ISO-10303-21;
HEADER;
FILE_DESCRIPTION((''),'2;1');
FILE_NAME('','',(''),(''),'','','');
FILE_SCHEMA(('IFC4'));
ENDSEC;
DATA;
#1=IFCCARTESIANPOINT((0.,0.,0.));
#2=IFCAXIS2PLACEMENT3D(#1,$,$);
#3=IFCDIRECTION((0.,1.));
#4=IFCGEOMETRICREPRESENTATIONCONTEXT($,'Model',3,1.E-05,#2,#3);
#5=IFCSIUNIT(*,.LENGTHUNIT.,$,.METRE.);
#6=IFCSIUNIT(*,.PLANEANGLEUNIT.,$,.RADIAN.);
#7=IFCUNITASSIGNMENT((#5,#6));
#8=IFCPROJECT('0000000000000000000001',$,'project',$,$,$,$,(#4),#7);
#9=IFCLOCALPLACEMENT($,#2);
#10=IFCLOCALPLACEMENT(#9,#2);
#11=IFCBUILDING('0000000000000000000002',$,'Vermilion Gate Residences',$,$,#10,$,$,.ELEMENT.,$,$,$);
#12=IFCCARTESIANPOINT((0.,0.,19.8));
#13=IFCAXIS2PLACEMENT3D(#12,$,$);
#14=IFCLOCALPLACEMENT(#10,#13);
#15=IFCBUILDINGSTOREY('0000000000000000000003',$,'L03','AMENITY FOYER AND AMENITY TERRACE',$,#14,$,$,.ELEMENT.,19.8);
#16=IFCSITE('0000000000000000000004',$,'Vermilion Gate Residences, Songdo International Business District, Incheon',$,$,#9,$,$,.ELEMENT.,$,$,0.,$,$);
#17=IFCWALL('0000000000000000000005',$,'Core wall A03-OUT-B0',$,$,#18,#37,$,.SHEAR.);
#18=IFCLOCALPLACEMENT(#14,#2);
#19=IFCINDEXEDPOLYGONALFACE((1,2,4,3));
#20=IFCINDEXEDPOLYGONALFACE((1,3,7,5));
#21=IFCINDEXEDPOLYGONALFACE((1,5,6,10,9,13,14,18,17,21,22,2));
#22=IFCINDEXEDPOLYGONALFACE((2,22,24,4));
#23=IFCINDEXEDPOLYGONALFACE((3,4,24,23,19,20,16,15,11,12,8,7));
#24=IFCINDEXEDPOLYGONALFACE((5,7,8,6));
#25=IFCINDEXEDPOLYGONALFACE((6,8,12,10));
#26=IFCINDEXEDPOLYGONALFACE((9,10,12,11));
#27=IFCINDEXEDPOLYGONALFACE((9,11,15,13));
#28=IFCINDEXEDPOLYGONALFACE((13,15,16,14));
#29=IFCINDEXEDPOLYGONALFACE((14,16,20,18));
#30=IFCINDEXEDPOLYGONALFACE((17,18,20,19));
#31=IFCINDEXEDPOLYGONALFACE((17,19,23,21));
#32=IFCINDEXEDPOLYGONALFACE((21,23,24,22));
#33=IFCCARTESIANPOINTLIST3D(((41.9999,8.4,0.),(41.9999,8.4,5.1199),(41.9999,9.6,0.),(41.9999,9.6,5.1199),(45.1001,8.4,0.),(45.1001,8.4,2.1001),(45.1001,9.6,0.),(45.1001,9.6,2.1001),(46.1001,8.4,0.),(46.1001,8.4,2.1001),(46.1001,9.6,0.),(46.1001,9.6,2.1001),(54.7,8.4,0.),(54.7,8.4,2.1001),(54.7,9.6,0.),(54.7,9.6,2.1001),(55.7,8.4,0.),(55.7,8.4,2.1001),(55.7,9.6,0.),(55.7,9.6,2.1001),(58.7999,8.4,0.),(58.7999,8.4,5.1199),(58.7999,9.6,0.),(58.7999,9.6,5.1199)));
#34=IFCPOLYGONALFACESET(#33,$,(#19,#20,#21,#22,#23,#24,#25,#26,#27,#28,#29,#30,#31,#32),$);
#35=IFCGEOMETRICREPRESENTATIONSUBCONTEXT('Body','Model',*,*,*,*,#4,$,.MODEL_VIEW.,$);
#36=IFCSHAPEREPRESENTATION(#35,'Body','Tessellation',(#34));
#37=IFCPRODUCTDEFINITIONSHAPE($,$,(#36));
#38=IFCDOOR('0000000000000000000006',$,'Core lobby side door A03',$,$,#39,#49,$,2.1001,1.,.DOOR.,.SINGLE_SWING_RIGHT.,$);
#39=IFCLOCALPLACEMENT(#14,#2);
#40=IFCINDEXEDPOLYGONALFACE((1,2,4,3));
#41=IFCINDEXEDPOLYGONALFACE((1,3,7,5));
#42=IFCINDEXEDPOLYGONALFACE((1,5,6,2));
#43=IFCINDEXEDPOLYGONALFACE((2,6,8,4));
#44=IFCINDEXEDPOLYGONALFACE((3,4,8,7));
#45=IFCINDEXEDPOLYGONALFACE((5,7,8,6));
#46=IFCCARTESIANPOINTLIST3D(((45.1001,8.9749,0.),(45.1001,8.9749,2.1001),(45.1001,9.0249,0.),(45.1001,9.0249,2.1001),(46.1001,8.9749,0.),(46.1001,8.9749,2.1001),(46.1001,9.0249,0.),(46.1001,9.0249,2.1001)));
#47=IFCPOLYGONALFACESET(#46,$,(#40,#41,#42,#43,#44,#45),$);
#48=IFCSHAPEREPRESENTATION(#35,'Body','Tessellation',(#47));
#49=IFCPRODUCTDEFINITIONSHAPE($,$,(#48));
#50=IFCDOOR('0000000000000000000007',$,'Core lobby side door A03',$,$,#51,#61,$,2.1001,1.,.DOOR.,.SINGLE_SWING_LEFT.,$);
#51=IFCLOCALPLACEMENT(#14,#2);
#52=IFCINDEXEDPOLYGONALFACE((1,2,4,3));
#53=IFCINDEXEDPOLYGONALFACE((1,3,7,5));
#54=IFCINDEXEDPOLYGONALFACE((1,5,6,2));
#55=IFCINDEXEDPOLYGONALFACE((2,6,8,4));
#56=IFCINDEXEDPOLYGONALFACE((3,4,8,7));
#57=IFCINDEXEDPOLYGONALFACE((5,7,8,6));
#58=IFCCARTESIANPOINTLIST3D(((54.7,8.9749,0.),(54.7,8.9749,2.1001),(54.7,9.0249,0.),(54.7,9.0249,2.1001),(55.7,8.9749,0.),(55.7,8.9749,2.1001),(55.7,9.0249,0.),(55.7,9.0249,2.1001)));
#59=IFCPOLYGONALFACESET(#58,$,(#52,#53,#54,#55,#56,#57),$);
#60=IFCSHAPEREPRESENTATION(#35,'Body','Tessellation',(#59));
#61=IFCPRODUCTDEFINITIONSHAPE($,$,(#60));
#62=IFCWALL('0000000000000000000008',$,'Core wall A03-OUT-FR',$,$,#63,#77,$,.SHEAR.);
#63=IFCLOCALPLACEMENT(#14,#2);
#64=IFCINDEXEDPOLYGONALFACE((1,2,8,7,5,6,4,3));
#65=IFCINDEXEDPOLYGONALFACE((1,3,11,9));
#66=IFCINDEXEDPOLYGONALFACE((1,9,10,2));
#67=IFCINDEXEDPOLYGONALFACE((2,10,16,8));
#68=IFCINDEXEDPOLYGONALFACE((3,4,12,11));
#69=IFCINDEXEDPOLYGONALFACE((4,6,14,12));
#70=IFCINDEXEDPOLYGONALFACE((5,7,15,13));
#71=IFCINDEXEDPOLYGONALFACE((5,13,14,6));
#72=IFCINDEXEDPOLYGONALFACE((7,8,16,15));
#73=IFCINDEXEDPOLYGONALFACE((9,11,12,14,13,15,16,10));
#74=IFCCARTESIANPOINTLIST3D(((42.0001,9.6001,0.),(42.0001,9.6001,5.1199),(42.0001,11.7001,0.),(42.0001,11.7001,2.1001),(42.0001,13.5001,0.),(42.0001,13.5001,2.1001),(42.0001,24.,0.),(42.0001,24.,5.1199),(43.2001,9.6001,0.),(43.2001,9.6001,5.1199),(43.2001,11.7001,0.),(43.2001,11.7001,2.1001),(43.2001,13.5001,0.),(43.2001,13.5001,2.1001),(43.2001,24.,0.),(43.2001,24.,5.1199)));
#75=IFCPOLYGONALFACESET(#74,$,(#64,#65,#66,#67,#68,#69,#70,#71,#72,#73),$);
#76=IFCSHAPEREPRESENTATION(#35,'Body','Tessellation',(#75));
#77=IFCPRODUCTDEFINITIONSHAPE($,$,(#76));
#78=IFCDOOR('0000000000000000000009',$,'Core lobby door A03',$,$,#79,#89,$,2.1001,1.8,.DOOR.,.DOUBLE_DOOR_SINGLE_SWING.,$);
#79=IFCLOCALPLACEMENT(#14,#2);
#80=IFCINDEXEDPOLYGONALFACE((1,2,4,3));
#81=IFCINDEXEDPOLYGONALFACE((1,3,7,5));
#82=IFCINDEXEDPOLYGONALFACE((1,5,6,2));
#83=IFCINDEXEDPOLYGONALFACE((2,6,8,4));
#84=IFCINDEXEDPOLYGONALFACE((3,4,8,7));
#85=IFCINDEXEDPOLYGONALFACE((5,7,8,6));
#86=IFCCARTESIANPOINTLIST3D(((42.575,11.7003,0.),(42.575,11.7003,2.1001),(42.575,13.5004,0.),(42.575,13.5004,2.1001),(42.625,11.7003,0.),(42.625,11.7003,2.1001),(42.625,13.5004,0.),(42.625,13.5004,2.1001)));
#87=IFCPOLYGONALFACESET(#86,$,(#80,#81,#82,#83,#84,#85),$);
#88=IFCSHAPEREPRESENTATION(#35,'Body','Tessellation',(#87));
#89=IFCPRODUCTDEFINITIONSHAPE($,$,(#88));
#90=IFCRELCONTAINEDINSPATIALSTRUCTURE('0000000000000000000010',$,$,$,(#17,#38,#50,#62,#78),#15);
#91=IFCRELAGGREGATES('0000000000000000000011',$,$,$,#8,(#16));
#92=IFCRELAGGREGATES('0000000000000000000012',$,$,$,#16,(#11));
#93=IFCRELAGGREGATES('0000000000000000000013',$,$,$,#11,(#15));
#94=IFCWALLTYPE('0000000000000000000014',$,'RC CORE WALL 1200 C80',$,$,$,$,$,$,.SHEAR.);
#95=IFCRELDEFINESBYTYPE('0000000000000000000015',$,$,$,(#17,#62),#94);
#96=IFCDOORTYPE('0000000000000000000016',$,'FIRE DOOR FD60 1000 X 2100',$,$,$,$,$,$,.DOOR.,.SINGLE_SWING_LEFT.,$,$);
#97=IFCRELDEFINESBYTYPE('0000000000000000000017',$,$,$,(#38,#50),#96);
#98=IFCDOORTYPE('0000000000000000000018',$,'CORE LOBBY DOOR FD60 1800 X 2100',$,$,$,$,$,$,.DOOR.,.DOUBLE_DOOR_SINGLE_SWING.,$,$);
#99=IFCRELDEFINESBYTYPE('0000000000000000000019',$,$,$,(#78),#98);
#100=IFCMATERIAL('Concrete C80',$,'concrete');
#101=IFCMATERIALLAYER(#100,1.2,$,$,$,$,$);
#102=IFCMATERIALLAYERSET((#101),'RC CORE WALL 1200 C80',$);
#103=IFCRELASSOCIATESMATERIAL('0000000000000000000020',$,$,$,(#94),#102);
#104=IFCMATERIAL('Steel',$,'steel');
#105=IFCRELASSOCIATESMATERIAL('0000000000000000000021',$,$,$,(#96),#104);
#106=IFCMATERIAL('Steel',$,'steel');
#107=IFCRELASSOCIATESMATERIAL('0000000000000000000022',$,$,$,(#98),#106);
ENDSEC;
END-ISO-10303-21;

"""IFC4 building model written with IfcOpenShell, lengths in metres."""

from ifc_helpers import new_model, si_unit, direction, frame, frame_2d, origin, place, context, subcontext, project, spatial, rectangle, extrude, material, layer, layer_set, type_object, element, fill, save


model = new_model("IFC4")

# Units and contexts
model_context = context("Model", 3, precision=1e-05, world=origin(), true_north=direction((0.0, 1.0)))
body_context = subcontext(model_context, "Body", "Model", "MODEL_VIEW")
ifc_project = project(units=[si_unit("LENGTHUNIT", "METRE"), si_unit("PLANEANGLEUNIT", "RADIAN")], contexts=[model_context])

# Site, building, storey
site_placement = place(None, origin())
site = spatial("IfcSite", under=ifc_project, at=site_placement, Name="Vermilion Gate Residences, Songdo International Business District, Incheon", CompositionType="ELEMENT", RefElevation=0.0)
building_placement = place(site_placement, origin())
building = spatial("IfcBuilding", under=site, at=building_placement, Name="Vermilion Gate Residences", CompositionType="ELEMENT")
storey_placement = place(building_placement, frame((0.0, 0.0, 19.8)))
storey = spatial("IfcBuildingStorey", under=building, at=storey_placement, Name="L03", Description="AMENITY FOYER AND AMENITY TERRACE", CompositionType="ELEMENT", Elevation=19.8)

# Wall, openings, doors
ifc_material_1 = material(Name="Concrete C80", Category="concrete")
ifc_layer_1 = layer(ifc_material_1, 1.2)
ifc_layer_set_1 = layer_set([ifc_layer_1], Name="RC CORE WALL 1200 C80")
wall_type_1 = type_object("IfcWallType", Name="RC CORE WALL 1200 C80", PredefinedType="SHEAR", material=ifc_layer_set_1)
wall_1_placement = place(storey_placement, frame((42.0, 9.0, 0.0), z_axis=(0.0, 0.0, 1.0), x_axis=(1.0, 0.0, 0.0)))
wall_1 = element("IfcWall", 1, at=wall_1_placement, inside=storey, type_object=wall_type_1, Name="Core wall A03-OUT-B0", PredefinedType="SHEAR", context=body_context, shape_type="SweptSolid", body=[
    extrude(rectangle(XDim=16.8, YDim=1.2, at=frame_2d((8.3999, 0.0))), origin(), (0.0, 0.0, 1.0), 5.1199),
])
opening_1_placement = place(wall_1_placement, frame((3.1001, 0.0, 0.0)))
opening_1 = element("IfcOpeningElement", 2, at=opening_1_placement, cuts=wall_1, PredefinedType="OPENING", context=body_context, shape_type="SweptSolid", body=[
    extrude(rectangle(XDim=1.0, YDim=2.1001, at=frame_2d((0.5, 1.05))), frame((0.0, 0.6099, 0.0), z_axis=(0.0, -1.0, 0.0), x_axis=(1.0, 0.0, 0.0)), (0.0, 0.0, 1.0), 1.22),
])
opening_2_placement = place(wall_1_placement, frame((12.7, 0.0, 0.0)))
opening_2 = element("IfcOpeningElement", 3, at=opening_2_placement, cuts=wall_1, PredefinedType="OPENING", context=body_context, shape_type="SweptSolid", body=[
    extrude(rectangle(XDim=1.0, YDim=2.1001, at=frame_2d((0.5, 1.05))), frame((0.0, 0.6099, 0.0), z_axis=(0.0, -1.0, 0.0), x_axis=(1.0, 0.0, 0.0)), (0.0, 0.0, 1.0), 1.22),
])
ifc_material_2 = material(Name="Steel", Category="steel")
door_type_1 = type_object("IfcDoorType", Name="FIRE DOOR FD60 1000 X 2100", OperationType="SINGLE_SWING_LEFT", PredefinedType="DOOR", material=ifc_material_2)
door_1_placement = place(opening_1_placement, origin())
door_1 = element("IfcDoor", 4, at=door_1_placement, inside=storey, type_object=door_type_1, Name="Core lobby side door A03", OperationType="SINGLE_SWING_RIGHT", OverallHeight=2.1001, OverallWidth=1.0, PredefinedType="DOOR", context=body_context, shape_type="SweptSolid", body=[
    extrude(rectangle(XDim=1.0, YDim=2.1001, at=frame_2d((0.5, 1.05))), frame((0.0, 0.0249, 0.0), z_axis=(0.0, -1.0, 0.0), x_axis=(1.0, 0.0, 0.0)), (0.0, 0.0, 1.0), 0.05),
])
fill(opening_1, door_1)
door_2_placement = place(opening_2_placement, origin())
door_2 = element("IfcDoor", 5, at=door_2_placement, inside=storey, type_object=door_type_1, Name="Core lobby side door A03", OperationType="SINGLE_SWING_LEFT", OverallHeight=2.1001, OverallWidth=1.0, PredefinedType="DOOR", context=body_context, shape_type="SweptSolid", body=[
    extrude(rectangle(XDim=1.0, YDim=2.1001, at=frame_2d((0.5, 1.05))), frame((0.0, 0.0249, 0.0), z_axis=(0.0, -1.0, 0.0), x_axis=(1.0, 0.0, 0.0)), (0.0, 0.0, 1.0), 0.05),
])
fill(opening_2, door_2)

# Wall, opening, door
wall_2_placement = place(storey_placement, frame((42.6001, 9.6001, 0.0), z_axis=(0.0, 0.0, 1.0), x_axis=(0.0, 1.0, 0.0)))
wall_2 = element("IfcWall", 6, at=wall_2_placement, inside=storey, type_object=wall_type_1, Name="Core wall A03-OUT-FR", PredefinedType="SHEAR", context=body_context, shape_type="SweptSolid", body=[
    extrude(rectangle(XDim=14.3999, YDim=1.2, at=frame_2d((7.2, 0.0))), origin(), (0.0, 0.0, 1.0), 5.1199),
])
opening_3_placement = place(wall_2_placement, frame((2.1001, 0.0, 0.0)))
opening_3 = element("IfcOpeningElement", 7, at=opening_3_placement, cuts=wall_2, PredefinedType="OPENING", context=body_context, shape_type="SweptSolid", body=[
    extrude(rectangle(XDim=1.8, YDim=2.1001, at=frame_2d((0.8999, 1.05))), frame((0.0, 0.6099, 0.0), z_axis=(0.0, -1.0, 0.0), x_axis=(1.0, 0.0, 0.0)), (0.0, 0.0, 1.0), 1.22),
])
ifc_material_3 = material(Name="Steel", Category="steel")
door_type_2 = type_object("IfcDoorType", Name="CORE LOBBY DOOR FD60 1800 X 2100", OperationType="DOUBLE_DOOR_SINGLE_SWING", PredefinedType="DOOR", material=ifc_material_3)
door_3_placement = place(opening_3_placement, frame((1.8, 0.0, 0.0), z_axis=(0.0, 0.0, 1.0), x_axis=(-1.0, 0.0, 0.0)))
door_3 = element("IfcDoor", 8, at=door_3_placement, inside=storey, type_object=door_type_2, Name="Core lobby door A03", OperationType="DOUBLE_DOOR_SINGLE_SWING", OverallHeight=2.1001, OverallWidth=1.8, PredefinedType="DOOR", context=body_context, shape_type="SweptSolid", body=[
    extrude(rectangle(XDim=1.8, YDim=2.1001, at=frame_2d((0.8999, 1.05))), frame((0.0, 0.0249, 0.0), z_axis=(0.0, -1.0, 0.0), x_axis=(1.0, 0.0, 0.0)), (0.0, 0.0, 1.0), 0.05),
])
fill(opening_3, door_3)

save(model, "model.ifc")
